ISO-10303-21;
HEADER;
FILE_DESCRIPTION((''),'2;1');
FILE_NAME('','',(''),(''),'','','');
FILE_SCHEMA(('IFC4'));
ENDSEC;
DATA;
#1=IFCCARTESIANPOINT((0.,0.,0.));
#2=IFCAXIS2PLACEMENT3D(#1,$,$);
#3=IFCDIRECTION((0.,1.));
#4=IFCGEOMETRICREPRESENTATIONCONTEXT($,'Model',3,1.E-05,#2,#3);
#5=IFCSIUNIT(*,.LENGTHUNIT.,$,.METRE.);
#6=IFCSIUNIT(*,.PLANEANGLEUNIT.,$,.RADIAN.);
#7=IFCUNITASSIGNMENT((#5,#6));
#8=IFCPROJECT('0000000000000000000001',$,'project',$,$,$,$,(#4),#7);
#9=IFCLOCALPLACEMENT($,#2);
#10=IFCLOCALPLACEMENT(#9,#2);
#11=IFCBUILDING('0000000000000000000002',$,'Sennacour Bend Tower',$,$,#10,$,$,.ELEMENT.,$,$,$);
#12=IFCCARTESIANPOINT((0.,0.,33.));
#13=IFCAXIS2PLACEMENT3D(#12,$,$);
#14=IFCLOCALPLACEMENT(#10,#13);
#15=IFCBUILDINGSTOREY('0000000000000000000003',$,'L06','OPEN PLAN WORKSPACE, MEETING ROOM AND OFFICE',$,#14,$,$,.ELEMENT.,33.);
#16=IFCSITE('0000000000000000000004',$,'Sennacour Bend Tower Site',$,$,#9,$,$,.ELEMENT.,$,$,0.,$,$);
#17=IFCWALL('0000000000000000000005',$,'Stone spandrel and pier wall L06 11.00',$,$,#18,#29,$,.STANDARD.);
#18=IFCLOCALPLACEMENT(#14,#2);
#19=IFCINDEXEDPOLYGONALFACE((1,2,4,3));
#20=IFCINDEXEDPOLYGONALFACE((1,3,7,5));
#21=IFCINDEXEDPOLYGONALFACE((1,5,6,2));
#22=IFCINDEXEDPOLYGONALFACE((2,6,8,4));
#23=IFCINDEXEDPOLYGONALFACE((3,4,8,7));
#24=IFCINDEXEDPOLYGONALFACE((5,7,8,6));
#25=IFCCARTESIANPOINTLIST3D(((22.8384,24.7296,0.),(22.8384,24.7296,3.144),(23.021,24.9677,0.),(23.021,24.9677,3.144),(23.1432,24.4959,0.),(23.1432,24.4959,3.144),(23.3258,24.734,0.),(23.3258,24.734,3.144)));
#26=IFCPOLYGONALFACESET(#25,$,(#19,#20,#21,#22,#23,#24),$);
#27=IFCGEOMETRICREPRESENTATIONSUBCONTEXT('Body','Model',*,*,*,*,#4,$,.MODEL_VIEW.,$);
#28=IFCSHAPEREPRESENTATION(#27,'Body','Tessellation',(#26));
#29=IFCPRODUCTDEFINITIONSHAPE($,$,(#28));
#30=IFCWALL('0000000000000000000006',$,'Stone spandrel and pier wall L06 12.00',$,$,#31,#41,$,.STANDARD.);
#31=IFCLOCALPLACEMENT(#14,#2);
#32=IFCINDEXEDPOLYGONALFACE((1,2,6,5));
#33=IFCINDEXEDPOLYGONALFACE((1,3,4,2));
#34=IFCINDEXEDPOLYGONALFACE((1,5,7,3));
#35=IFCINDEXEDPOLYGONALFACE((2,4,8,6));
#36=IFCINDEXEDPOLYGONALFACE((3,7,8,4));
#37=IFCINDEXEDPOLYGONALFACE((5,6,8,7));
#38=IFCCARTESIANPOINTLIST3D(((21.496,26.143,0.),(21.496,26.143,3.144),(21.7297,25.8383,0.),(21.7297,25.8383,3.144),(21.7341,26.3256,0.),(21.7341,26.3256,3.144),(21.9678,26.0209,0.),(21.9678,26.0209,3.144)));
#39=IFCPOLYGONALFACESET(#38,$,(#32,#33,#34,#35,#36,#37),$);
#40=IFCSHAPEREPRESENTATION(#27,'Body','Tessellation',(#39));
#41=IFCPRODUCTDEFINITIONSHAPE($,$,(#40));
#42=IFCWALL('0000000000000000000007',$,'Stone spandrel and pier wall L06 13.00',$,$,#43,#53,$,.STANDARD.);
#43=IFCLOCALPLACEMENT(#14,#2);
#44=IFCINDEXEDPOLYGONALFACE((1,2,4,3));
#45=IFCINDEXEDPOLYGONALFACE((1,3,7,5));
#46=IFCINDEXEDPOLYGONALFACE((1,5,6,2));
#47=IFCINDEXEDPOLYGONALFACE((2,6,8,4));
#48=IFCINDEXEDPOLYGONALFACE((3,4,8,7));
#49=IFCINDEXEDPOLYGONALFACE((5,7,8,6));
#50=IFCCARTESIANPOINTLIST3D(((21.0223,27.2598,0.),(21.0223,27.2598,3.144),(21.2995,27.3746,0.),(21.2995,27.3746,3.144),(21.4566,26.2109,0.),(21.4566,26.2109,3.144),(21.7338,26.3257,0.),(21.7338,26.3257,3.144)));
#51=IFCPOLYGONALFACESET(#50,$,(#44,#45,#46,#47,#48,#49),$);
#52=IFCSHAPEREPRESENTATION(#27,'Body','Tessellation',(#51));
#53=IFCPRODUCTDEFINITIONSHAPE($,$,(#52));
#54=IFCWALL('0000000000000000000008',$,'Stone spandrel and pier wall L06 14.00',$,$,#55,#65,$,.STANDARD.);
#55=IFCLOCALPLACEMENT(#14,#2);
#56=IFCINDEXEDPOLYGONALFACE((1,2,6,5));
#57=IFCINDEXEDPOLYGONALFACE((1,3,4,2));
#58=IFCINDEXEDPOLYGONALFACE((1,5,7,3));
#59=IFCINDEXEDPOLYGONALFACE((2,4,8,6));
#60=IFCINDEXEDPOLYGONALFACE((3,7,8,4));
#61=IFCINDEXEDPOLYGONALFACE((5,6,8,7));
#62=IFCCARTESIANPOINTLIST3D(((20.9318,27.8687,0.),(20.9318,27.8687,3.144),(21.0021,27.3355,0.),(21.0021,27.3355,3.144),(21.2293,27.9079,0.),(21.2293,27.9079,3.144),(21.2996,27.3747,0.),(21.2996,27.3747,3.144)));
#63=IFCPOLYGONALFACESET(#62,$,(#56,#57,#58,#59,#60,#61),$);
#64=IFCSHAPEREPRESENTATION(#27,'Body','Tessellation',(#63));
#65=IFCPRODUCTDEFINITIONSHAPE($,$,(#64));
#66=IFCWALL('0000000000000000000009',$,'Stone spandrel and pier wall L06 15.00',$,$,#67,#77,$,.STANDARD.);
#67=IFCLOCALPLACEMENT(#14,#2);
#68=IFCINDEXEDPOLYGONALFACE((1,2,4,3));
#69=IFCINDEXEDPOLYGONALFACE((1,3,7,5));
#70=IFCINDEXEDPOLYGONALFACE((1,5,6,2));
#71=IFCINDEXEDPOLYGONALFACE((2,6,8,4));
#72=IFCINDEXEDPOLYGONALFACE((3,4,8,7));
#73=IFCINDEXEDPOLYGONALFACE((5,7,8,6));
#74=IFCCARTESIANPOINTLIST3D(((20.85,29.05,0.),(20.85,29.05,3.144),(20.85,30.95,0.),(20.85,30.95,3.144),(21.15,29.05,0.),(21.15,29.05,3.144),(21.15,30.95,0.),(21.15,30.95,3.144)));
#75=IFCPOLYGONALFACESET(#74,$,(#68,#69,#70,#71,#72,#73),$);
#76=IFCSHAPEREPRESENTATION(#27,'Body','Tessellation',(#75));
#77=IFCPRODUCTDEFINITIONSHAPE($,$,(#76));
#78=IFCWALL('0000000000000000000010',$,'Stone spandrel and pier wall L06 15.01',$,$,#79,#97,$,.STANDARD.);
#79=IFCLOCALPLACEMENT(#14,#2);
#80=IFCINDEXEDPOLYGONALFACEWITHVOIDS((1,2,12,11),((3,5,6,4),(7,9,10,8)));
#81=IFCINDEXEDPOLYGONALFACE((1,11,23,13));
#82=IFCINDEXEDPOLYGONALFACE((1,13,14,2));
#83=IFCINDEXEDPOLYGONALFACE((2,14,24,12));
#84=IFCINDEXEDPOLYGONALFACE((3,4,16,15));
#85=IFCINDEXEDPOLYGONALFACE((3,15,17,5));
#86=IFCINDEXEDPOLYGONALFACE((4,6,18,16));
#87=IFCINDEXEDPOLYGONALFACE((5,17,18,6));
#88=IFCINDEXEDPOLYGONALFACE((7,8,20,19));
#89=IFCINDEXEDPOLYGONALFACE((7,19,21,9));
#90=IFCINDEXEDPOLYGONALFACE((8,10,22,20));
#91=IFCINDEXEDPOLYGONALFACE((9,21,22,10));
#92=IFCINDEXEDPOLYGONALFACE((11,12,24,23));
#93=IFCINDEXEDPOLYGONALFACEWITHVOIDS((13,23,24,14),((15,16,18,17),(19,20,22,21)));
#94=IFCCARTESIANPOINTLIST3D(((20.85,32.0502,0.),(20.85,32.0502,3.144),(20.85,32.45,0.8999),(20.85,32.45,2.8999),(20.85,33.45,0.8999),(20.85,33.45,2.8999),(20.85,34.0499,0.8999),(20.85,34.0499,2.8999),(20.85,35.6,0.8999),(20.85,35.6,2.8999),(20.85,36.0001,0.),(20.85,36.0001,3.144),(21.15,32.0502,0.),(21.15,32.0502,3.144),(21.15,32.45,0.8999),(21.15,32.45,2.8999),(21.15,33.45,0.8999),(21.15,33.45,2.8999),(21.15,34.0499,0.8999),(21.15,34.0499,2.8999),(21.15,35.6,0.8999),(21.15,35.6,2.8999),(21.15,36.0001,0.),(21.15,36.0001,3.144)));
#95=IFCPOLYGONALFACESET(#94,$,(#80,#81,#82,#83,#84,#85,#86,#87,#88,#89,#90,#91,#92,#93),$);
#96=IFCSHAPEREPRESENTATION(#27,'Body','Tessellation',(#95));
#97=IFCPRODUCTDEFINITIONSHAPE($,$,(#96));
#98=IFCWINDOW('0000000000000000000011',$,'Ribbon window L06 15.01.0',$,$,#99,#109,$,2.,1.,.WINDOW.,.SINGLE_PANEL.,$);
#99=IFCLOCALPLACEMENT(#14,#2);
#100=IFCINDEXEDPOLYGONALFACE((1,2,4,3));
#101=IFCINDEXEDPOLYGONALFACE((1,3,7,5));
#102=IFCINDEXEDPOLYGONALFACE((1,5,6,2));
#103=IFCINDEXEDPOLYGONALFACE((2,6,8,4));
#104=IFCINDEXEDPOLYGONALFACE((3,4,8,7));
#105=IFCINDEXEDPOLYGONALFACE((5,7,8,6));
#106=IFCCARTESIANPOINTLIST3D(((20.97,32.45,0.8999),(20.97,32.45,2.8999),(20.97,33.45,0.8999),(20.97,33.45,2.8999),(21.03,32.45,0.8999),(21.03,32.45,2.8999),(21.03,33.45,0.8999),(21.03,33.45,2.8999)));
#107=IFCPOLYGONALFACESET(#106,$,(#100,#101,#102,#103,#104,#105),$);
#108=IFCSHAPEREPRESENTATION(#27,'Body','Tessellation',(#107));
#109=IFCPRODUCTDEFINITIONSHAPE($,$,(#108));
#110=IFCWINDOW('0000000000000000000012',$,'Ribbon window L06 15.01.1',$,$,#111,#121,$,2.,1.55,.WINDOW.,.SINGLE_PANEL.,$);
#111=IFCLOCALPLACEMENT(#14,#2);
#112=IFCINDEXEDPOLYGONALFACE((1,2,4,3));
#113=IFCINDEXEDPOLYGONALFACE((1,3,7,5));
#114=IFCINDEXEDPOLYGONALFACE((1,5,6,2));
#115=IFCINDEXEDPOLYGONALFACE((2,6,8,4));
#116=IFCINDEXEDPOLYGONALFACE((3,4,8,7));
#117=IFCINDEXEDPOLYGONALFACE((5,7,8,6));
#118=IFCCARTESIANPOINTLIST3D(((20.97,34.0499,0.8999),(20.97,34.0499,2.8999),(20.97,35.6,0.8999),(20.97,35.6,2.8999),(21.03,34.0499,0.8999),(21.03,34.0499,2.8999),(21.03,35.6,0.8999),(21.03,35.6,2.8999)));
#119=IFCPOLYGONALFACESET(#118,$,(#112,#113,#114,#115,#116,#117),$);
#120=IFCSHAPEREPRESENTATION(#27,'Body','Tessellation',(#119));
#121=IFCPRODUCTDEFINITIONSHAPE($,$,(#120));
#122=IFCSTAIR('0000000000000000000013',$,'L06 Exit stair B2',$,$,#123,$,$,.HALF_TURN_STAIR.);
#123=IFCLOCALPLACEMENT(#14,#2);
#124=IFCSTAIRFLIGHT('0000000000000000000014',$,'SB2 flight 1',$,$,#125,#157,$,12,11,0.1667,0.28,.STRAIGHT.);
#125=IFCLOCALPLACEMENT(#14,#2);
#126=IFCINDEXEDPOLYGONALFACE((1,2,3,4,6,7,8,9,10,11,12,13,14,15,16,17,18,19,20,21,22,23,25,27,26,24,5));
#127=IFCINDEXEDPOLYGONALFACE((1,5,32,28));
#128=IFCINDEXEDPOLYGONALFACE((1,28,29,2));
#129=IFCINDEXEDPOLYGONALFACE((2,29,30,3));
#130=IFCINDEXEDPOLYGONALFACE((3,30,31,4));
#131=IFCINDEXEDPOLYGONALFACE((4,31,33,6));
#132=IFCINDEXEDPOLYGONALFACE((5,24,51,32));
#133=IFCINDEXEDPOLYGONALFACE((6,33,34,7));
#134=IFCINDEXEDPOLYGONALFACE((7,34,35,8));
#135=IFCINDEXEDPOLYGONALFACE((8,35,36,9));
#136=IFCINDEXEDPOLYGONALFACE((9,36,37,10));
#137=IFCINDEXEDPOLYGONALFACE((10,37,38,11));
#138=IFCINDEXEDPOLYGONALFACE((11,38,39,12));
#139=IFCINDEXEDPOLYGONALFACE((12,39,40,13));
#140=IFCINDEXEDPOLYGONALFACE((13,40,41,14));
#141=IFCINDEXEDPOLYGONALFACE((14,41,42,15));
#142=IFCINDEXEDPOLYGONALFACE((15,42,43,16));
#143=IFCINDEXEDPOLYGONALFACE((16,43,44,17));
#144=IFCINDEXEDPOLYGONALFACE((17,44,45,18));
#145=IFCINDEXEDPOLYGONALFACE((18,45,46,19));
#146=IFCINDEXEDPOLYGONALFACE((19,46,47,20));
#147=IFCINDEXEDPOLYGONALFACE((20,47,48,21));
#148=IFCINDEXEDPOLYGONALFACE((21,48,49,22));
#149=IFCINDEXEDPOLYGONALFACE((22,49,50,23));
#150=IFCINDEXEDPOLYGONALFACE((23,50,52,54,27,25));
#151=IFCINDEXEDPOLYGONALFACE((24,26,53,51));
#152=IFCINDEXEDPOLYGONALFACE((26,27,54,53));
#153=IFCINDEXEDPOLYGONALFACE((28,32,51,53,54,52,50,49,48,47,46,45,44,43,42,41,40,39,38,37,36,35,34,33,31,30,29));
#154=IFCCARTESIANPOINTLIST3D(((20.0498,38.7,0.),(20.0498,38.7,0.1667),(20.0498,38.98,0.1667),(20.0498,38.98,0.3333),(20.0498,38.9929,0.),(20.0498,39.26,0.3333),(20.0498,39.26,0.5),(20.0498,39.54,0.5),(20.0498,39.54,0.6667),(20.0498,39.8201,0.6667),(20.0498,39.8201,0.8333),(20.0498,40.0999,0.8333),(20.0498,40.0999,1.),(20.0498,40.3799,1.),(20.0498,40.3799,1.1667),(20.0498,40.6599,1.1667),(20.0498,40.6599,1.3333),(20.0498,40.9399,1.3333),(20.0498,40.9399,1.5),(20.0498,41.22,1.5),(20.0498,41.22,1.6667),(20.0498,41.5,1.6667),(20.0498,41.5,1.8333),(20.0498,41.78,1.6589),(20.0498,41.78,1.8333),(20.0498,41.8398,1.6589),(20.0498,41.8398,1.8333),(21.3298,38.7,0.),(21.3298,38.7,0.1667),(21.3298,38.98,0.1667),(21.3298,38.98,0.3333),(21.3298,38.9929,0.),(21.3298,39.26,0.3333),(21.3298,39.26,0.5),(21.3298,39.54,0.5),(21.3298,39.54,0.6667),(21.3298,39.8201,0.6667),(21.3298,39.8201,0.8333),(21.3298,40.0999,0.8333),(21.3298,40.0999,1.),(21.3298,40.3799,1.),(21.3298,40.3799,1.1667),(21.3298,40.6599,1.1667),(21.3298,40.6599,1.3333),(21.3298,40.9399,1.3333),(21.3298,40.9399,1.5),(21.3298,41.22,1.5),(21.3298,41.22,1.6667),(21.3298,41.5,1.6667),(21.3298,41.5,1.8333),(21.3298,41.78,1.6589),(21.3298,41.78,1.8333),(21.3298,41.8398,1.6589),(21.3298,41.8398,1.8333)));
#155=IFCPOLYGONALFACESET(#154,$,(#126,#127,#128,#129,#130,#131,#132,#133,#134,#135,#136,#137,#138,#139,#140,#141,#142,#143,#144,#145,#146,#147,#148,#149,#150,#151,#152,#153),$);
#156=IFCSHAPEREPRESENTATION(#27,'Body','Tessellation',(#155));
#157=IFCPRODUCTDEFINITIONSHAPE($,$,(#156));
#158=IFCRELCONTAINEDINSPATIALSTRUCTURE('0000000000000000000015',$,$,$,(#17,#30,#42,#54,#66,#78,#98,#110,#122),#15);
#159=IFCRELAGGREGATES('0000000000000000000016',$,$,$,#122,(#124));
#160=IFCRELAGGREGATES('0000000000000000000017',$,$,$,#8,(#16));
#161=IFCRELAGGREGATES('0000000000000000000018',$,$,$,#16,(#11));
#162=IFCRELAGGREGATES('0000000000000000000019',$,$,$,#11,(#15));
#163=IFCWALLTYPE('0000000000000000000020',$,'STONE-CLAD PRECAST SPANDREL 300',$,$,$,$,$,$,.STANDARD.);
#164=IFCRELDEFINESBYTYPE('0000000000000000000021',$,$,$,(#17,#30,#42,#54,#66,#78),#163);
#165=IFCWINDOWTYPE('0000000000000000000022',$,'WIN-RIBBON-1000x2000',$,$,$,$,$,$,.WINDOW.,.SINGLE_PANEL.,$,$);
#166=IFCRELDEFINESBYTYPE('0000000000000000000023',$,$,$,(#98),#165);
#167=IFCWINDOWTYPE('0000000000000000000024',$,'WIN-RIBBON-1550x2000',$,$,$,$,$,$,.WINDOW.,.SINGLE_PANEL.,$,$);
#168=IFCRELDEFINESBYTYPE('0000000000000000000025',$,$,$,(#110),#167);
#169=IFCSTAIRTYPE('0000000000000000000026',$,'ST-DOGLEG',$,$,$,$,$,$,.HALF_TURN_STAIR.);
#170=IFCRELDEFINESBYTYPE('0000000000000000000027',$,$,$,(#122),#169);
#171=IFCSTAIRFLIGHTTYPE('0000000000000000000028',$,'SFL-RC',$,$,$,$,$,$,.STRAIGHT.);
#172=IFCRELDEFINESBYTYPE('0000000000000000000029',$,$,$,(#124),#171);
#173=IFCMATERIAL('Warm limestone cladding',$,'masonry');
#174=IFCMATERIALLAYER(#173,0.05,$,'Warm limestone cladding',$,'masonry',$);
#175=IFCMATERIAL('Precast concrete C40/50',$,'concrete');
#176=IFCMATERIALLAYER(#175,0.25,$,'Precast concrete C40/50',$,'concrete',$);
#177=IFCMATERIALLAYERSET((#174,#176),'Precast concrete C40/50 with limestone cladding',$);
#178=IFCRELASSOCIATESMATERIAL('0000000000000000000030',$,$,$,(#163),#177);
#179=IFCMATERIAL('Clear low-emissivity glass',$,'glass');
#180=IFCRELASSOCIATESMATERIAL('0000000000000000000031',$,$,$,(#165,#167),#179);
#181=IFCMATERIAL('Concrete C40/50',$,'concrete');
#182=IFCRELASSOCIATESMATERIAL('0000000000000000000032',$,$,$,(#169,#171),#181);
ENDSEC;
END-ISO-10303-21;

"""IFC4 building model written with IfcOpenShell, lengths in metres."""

from ifc_helpers import new_model, si_unit, direction, frame, frame_2d, origin, place, context, subcontext, project, spatial, polyline, rectangle, outline, extrude, material, layer, layer_set, type_object, element, fill, aggregate, save


model = new_model("IFC4")

# Units and contexts
model_context = context("Model", 3, precision=1e-05, world=origin(), true_north=direction((0.0, 1.0)))
body_context = subcontext(model_context, "Body", "Model", "MODEL_VIEW")
ifc_project = project(units=[si_unit("LENGTHUNIT", "METRE"), si_unit("PLANEANGLEUNIT", "RADIAN")], contexts=[model_context])

# Site, building, storey
site_placement = place(None, origin())
site = spatial("IfcSite", under=ifc_project, at=site_placement, Name="Sennacour Bend Tower Site", CompositionType="ELEMENT", RefElevation=0.0)
building_placement = place(site_placement, origin())
building = spatial("IfcBuilding", under=site, at=building_placement, Name="Sennacour Bend Tower", CompositionType="ELEMENT")
storey_placement = place(building_placement, frame((0.0, 0.0, 33.0)))
storey = spatial("IfcBuildingStorey", under=building, at=storey_placement, Name="L06", Description="OPEN PLAN WORKSPACE, MEETING ROOM AND OFFICE", CompositionType="ELEMENT", Elevation=33.0)

# Shared definitions
ifc_material_1 = material(Name="Warm limestone cladding", Category="masonry")
ifc_layer_1 = layer(ifc_material_1, 0.05, Name="Warm limestone cladding", Category="masonry")
ifc_material_2 = material(Name="Precast concrete C40/50", Category="concrete")
ifc_layer_2 = layer(ifc_material_2, 0.25, Name="Precast concrete C40/50", Category="concrete")
ifc_layer_set_1 = layer_set([ifc_layer_1, ifc_layer_2], Name="Precast concrete C40/50 with limestone cladding")
wall_type_1 = type_object("IfcWallType", Name="STONE-CLAD PRECAST SPANDREL 300", PredefinedType="STANDARD", material=ifc_layer_set_1)
ifc_material_3 = material(Name="Clear low-emissivity glass", Category="glass")
window_type_1 = type_object("IfcWindowType", Name="WIN-RIBBON-1000x2000", PartitioningType="SINGLE_PANEL", PredefinedType="WINDOW", material=ifc_material_3)

# Walls
for number, where, z_axis, x_axis, name in (
    (1, (23.2344, 24.615, 0.0), (0.0, 0.0, 1.0), (-0.793545, 0.608512, 0.0), "Stone spandrel and pier wall L06 11.00"),
    (2, (21.8486, 25.9297, 0.0), (0.0, 0.0, 1.0), (-0.608512, 0.793545, 0.0), "Stone spandrel and pier wall L06 12.00"),
):
    element("IfcWall", number, at=place(storey_placement, frame(where, z_axis=z_axis, x_axis=x_axis)), inside=storey, type_object=wall_type_1, Name=name, PredefinedType="STANDARD", context=body_context, shape_type="SweptSolid", body=[
        extrude(rectangle(XDim=0.384, YDim=0.3, at=frame_2d((0.1919, 0.0))), origin(), (0.0, 0.0, 1.0), 3.144),
    ])
wall_1_placement = place(storey_placement, frame((21.5952, 26.2683, 0.0), z_axis=(0.0, 0.0, 1.0), x_axis=(-0.382599, 0.923915, 0.0)))
element("IfcWall", 3, at=wall_1_placement, inside=storey, type_object=wall_type_1, Name="Stone spandrel and pier wall L06 13.00", PredefinedType="STANDARD", context=body_context, shape_type="SweptSolid", body=[
    extrude(rectangle(XDim=1.1353, YDim=0.3, at=frame_2d((0.5676, 0.0))), origin(), (0.0, 0.0, 1.0), 3.144),
])
wall_2_placement = place(storey_placement, frame((21.1509, 27.355, 0.0), z_axis=(0.0, 0.0, 1.0), x_axis=(-0.130736, 0.991417, 0.0)))
element("IfcWall", 4, at=wall_2_placement, inside=storey, type_object=wall_type_1, Name="Stone spandrel and pier wall L06 14.00", PredefinedType="STANDARD", context=body_context, shape_type="SweptSolid", body=[
    extrude(rectangle(XDim=0.5378, YDim=0.3, at=frame_2d((0.269, 0.0))), origin(), (0.0, 0.0, 1.0), 3.144),
])
wall_3_placement = place(storey_placement, frame((21.0, 29.05, 0.0), z_axis=(0.0, 0.0, 1.0), x_axis=(0.0, 1.0, 0.0)))
element("IfcWall", 5, at=wall_3_placement, inside=storey, type_object=wall_type_1, Name="Stone spandrel and pier wall L06 15.00", PredefinedType="STANDARD", context=body_context, shape_type="SweptSolid", body=[
    extrude(rectangle(XDim=1.8999, YDim=0.3, at=frame_2d((0.95, 0.0))), origin(), (0.0, 0.0, 1.0), 3.144),
])

# Wall, openings, windows
wall_4_placement = place(storey_placement, frame((21.0, 32.05, 0.0), z_axis=(0.0, 0.0, 1.0), x_axis=(0.0, 1.0, 0.0)))
wall_4 = element("IfcWall", 6, at=wall_4_placement, inside=storey, type_object=wall_type_1, Name="Stone spandrel and pier wall L06 15.01", PredefinedType="STANDARD", context=body_context, shape_type="SweptSolid", body=[
    extrude(rectangle(XDim=3.95, YDim=0.3, at=frame_2d((1.9751, 0.0))), origin(), (0.0, 0.0, 1.0), 3.144),
])
opening_1_placement = place(wall_4_placement, frame((0.3999, 0.0, 0.8999)))
opening_1 = element("IfcOpeningElement", 7, at=opening_1_placement, cuts=wall_4, PredefinedType="OPENING", context=body_context, shape_type="SweptSolid", body=[
    extrude(rectangle(XDim=1.0, YDim=2.0, at=frame_2d((0.5, 1.0))), frame((0.0, 0.1602, 0.0), z_axis=(0.0, -1.0, 0.0), x_axis=(1.0, 0.0, 0.0)), (0.0, 0.0, 1.0), 0.3201),
])
opening_2_placement = place(wall_4_placement, frame((2.0, 0.0, 0.8999)))
opening_2 = element("IfcOpeningElement", 8, at=opening_2_placement, cuts=wall_4, PredefinedType="OPENING", context=body_context, shape_type="SweptSolid", body=[
    extrude(rectangle(XDim=1.55, YDim=2.0, at=frame_2d((0.7749, 1.0))), frame((0.0, 0.1602, 0.0), z_axis=(0.0, -1.0, 0.0), x_axis=(1.0, 0.0, 0.0)), (0.0, 0.0, 1.0), 0.3201),
])
window_1_placement = place(opening_1_placement, origin())
window_1 = element("IfcWindow", 9, at=window_1_placement, inside=storey, type_object=window_type_1, Name="Ribbon window L06 15.01.0", OverallHeight=2.0, OverallWidth=1.0, PartitioningType="SINGLE_PANEL", PredefinedType="WINDOW", context=body_context, shape_type="SweptSolid", body=[
    extrude(rectangle(XDim=1.0, YDim=2.0, at=frame_2d((0.5, 1.0))), frame((0.0, 0.03, 0.0), z_axis=(0.0, -1.0, 0.0), x_axis=(1.0, 0.0, 0.0)), (0.0, 0.0, 1.0), 0.0601),
])
fill(opening_1, window_1)
window_type_2 = type_object("IfcWindowType", Name="WIN-RIBBON-1550x2000", PartitioningType="SINGLE_PANEL", PredefinedType="WINDOW", material=ifc_material_3)
window_2_placement = place(opening_2_placement, origin())
window_2 = element("IfcWindow", 10, at=window_2_placement, inside=storey, type_object=window_type_2, Name="Ribbon window L06 15.01.1", OverallHeight=2.0, OverallWidth=1.55, PartitioningType="SINGLE_PANEL", PredefinedType="WINDOW", context=body_context, shape_type="SweptSolid", body=[
    extrude(rectangle(XDim=1.55, YDim=2.0, at=frame_2d((0.7749, 1.0))), frame((0.0, 0.03, 0.0), z_axis=(0.0, -1.0, 0.0), x_axis=(1.0, 0.0, 0.0)), (0.0, 0.0, 1.0), 0.0601),
])
fill(opening_2, window_2)

# Stair, stair flight
ifc_material_4 = material(Name="Concrete C40/50", Category="concrete")
stair_type = type_object("IfcStairType", Name="ST-DOGLEG", PredefinedType="HALF_TURN_STAIR", material=ifc_material_4)
stair_placement = place(storey_placement, origin())
stair = element("IfcStair", 11, at=stair_placement, inside=storey, type_object=stair_type, Name="L06 Exit stair B2", PredefinedType="HALF_TURN_STAIR")
stair_flight_type = type_object("IfcStairFlightType", Name="SFL-RC", PredefinedType="STRAIGHT", material=ifc_material_4)
stair_flight_placement = place(storey_placement, frame((20.6899, 38.7, 0.0), z_axis=(0.0, 0.0, 1.0), x_axis=(0.0, 1.0, 0.0)))
stair_flight = element("IfcStairFlight", 12, at=stair_flight_placement, type_object=stair_flight_type, Name="SB2 flight 1", NumberOfRisers=12, NumberOfTreads=11, PredefinedType="STRAIGHT", RiserHeight=0.1667, TreadLength=0.28, context=body_context, shape_type="SweptSolid", body=[
    extrude(outline(polyline([(0.0, 0.0), (0.0, 0.1667), (0.28, 0.1667), (0.28, 0.3333), (0.5601, 0.3333), (0.5601, 0.5), (0.8401, 0.5), (0.8401, 0.6667), (1.1201, 0.6667), (1.1201, 0.8333), (1.3999, 0.8333), (1.3999, 1.0), (1.6799, 1.0), (1.6799, 1.1667), (1.96, 1.1667), (1.96, 1.3333), (2.24, 1.3333), (2.24, 1.5), (2.52, 1.5), (2.52, 1.6667), (2.8, 1.6667), (2.8, 1.8333), (3.0801, 1.8333), (3.1399, 1.8333), (3.1399, 1.6589), (3.0801, 1.6589), (0.293, 0.0), (0.0, 0.0)])), frame((0.0, 0.6401, 0.0), z_axis=(0.0, -1.0, 0.0), x_axis=(1.0, 0.0, 0.0)), (0.0, 0.0, 1.0), 1.28),
])
aggregate(stair, [stair_flight])

save(model, "model.ifc")
